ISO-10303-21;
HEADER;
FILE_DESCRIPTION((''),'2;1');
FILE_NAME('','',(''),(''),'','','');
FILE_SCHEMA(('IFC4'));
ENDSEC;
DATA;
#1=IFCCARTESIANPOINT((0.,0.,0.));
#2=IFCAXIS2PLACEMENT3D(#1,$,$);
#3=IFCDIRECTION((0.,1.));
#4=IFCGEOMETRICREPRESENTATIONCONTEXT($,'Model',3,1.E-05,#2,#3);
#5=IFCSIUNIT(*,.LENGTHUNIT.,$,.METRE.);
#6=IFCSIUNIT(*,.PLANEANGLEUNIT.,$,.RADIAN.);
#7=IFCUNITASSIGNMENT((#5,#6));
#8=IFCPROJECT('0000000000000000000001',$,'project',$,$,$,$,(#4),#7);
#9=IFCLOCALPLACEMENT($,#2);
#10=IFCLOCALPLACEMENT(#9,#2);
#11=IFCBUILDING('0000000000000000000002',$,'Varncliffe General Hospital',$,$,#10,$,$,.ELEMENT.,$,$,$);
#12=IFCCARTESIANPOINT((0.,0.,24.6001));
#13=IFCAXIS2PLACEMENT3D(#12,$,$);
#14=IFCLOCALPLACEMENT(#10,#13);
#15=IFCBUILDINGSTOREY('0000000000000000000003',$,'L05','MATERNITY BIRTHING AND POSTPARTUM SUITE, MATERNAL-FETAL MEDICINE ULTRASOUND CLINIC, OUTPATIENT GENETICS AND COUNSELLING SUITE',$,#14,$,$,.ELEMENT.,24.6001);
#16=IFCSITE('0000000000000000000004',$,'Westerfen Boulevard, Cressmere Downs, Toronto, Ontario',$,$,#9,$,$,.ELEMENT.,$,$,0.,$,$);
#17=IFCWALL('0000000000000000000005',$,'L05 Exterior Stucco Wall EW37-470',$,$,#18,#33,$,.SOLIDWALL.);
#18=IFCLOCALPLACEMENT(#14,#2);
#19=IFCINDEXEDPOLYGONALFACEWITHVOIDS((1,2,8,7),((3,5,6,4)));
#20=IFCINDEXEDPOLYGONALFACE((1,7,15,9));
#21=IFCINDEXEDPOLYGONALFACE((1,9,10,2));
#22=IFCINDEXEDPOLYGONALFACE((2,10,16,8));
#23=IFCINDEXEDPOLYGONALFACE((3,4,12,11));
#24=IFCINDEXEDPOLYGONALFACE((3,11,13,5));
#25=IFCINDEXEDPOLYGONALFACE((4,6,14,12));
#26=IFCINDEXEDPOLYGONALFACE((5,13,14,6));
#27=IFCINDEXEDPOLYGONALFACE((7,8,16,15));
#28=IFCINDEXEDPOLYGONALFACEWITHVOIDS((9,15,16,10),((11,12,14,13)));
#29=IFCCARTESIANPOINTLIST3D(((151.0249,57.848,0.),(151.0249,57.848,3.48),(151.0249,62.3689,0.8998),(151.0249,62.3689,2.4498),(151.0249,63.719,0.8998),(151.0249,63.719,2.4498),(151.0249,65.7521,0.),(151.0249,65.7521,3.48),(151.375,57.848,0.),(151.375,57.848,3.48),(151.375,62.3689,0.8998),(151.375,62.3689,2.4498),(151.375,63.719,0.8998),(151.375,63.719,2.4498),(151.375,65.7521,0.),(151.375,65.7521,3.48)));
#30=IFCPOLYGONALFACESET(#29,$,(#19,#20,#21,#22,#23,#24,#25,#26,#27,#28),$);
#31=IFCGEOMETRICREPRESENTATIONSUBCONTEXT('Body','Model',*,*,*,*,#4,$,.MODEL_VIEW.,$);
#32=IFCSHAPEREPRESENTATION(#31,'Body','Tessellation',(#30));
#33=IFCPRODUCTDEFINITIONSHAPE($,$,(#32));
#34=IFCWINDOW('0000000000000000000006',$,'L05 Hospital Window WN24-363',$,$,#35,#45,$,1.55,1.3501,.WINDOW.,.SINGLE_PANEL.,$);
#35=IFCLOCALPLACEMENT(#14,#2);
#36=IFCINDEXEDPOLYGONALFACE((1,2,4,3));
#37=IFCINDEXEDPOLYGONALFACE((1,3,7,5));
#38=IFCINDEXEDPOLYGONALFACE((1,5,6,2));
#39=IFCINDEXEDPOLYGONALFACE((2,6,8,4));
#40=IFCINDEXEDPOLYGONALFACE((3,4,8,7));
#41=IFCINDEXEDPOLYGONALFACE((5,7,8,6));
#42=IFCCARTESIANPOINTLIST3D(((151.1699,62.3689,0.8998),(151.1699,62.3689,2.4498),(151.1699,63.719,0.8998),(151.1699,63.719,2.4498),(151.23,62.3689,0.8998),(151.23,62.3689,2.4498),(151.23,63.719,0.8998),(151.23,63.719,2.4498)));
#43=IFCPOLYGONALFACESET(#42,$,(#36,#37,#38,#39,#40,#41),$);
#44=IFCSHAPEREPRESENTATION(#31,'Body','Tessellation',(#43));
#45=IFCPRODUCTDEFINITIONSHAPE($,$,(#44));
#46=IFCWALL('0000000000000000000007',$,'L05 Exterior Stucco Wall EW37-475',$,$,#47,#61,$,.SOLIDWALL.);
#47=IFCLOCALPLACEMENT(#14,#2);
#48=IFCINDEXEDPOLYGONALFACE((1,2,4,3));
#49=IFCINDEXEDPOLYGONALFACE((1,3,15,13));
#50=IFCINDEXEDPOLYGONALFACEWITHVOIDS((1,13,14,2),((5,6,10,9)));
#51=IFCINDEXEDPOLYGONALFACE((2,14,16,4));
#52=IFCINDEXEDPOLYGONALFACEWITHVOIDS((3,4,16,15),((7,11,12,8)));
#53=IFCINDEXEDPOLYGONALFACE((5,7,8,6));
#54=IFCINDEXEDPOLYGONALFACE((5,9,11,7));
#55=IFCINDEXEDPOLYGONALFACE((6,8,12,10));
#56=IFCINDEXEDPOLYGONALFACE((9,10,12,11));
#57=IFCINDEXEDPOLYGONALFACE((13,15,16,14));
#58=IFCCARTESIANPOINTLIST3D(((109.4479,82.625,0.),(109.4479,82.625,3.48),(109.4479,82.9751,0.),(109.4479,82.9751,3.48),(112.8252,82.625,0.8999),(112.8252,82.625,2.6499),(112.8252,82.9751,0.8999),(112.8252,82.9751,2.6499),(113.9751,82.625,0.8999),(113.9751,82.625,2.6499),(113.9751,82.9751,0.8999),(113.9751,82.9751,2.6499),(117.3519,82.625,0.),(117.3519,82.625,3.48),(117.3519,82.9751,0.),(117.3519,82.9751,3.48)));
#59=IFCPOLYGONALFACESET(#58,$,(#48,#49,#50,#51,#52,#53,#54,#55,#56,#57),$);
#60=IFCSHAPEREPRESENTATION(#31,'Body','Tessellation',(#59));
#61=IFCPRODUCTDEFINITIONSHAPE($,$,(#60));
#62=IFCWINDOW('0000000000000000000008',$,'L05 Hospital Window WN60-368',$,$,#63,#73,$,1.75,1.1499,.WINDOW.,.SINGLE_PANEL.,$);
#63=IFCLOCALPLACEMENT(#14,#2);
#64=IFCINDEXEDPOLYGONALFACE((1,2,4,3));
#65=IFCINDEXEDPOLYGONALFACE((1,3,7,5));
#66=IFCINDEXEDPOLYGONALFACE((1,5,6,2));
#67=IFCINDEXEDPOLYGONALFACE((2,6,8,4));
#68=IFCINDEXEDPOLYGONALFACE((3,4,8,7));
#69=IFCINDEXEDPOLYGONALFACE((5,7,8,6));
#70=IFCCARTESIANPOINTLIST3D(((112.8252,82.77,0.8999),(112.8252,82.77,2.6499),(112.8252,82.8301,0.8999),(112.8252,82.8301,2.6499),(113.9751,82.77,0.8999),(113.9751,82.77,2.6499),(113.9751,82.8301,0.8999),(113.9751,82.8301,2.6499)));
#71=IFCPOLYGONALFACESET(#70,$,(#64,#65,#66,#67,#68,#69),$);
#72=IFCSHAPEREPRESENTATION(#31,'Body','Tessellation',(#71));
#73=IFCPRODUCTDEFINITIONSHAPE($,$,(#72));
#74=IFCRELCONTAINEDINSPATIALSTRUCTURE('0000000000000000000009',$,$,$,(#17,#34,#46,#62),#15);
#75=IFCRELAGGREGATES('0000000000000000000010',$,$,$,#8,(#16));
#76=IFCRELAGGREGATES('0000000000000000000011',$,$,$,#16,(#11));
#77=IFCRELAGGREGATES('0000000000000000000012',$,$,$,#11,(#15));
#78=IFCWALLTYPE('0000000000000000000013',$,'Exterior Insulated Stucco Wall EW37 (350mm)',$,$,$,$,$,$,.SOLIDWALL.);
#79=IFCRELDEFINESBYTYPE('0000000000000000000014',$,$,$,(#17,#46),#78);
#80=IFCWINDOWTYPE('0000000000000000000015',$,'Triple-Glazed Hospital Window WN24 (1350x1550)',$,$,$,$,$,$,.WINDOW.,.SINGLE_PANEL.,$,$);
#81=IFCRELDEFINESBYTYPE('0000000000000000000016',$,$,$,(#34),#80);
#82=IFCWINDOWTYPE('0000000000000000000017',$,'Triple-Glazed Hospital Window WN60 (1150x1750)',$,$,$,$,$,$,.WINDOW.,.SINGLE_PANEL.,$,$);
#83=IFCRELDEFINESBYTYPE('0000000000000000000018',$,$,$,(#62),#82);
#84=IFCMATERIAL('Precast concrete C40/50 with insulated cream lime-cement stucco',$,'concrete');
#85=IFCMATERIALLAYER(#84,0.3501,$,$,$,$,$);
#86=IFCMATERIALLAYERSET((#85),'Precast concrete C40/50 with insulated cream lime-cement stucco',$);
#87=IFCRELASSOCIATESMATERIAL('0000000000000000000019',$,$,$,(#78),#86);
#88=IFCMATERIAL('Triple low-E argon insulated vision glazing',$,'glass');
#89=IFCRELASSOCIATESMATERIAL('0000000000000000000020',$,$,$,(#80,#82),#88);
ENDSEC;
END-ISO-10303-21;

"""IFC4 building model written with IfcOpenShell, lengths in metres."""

from ifc_helpers import new_model, si_unit, direction, frame, frame_2d, origin, place, context, subcontext, project, spatial, rectangle, extrude, material, layer, layer_set, type_object, element, fill, save


model = new_model("IFC4")

# Units and contexts
model_context = context("Model", 3, precision=1e-05, world=origin(), true_north=direction((0.0, 1.0)))
body_context = subcontext(model_context, "Body", "Model", "MODEL_VIEW")
ifc_project = project(units=[si_unit("LENGTHUNIT", "METRE"), si_unit("PLANEANGLEUNIT", "RADIAN")], contexts=[model_context])

# Site, building, storey
site_placement = place(None, origin())
site = spatial("IfcSite", under=ifc_project, at=site_placement, Name="Westerfen Boulevard, Cressmere Downs, Toronto, Ontario", CompositionType="ELEMENT", RefElevation=0.0)
building_placement = place(site_placement, origin())
building = spatial("IfcBuilding", under=site, at=building_placement, Name="Varncliffe General Hospital", CompositionType="ELEMENT")
storey_placement = place(building_placement, frame((0.0, 0.0, 24.6001)))
storey = spatial("IfcBuildingStorey", under=building, at=storey_placement, Name="L05", Description="MATERNITY BIRTHING AND POSTPARTUM SUITE, MATERNAL-FETAL MEDICINE ULTRASOUND CLINIC, OUTPATIENT GENETICS AND COUNSELLING SUITE", CompositionType="ELEMENT", Elevation=24.6001)

# Walls, openings, windows
ifc_material_1 = material(Name="Precast concrete C40/50 with insulated cream lime-cement stucco", Category="concrete")
ifc_material_2 = material(Name="Triple low-E argon insulated vision glazing", Category="glass")
ifc_layer_1 = layer(ifc_material_1, 0.3501)
ifc_layer_set_1 = layer_set([ifc_layer_1], Name="Precast concrete C40/50 with insulated cream lime-cement stucco")
wall_type_1 = type_object("IfcWallType", Name="Exterior Insulated Stucco Wall EW37 (350mm)", PredefinedType="SOLIDWALL", material=ifc_layer_set_1)
wall_1_placement = place(storey_placement, frame((151.2, 57.8479, 0.0), z_axis=(0.0, 0.0, 1.0), x_axis=(0.0, 1.0, 0.0)))
wall_1 = element("IfcWall", 1, at=wall_1_placement, inside=storey, type_object=wall_type_1, Name="L05 Exterior Stucco Wall EW37-470", PredefinedType="SOLIDWALL", context=body_context, shape_type="SweptSolid", body=[
    extrude(rectangle(XDim=7.9041, YDim=0.3501, at=frame_2d((3.9521, 0.0))), origin(), (0.0, 0.0, 1.0), 3.48),
])
opening_1_placement = place(wall_1_placement, frame((4.521, 0.0, 0.8999)))
opening_1 = element("IfcOpeningElement", 2, at=opening_1_placement, cuts=wall_1, PredefinedType="OPENING", context=body_context, shape_type="SweptSolid", body=[
    extrude(rectangle(XDim=1.3501, YDim=1.55, at=frame_2d((0.675, 0.7749))), frame((0.0, 0.1851, 0.0), z_axis=(0.0, -1.0, 0.0), x_axis=(1.0, 0.0, 0.0)), (0.0, 0.0, 1.0), 0.3701),
])
window_type_1 = type_object("IfcWindowType", Name="Triple-Glazed Hospital Window WN24 (1350x1550)", PartitioningType="SINGLE_PANEL", PredefinedType="WINDOW", material=ifc_material_2)
window_1_placement = place(opening_1_placement, origin())
window_1 = element("IfcWindow", 3, at=window_1_placement, inside=storey, type_object=window_type_1, Name="L05 Hospital Window WN24-363", OverallHeight=1.55, OverallWidth=1.3501, PartitioningType="SINGLE_PANEL", PredefinedType="WINDOW", context=body_context, shape_type="SweptSolid", body=[
    extrude(rectangle(XDim=1.3501, YDim=1.55, at=frame_2d((0.675, 0.7749))), frame((0.0, 0.03, 0.0), z_axis=(0.0, -1.0, 0.0), x_axis=(1.0, 0.0, 0.0)), (0.0, 0.0, 1.0), 0.0601),
])
fill(opening_1, window_1)
wall_2_placement = place(storey_placement, frame((117.3521, 82.8, 0.0), z_axis=(0.0, 0.0, 1.0), x_axis=(-1.0, 0.0, 0.0)))
wall_2 = element("IfcWall", 4, at=wall_2_placement, inside=storey, type_object=wall_type_1, Name="L05 Exterior Stucco Wall EW37-475", PredefinedType="SOLIDWALL", context=body_context, shape_type="SweptSolid", body=[
    extrude(rectangle(XDim=7.9041, YDim=0.3501, at=frame_2d((3.9521, 0.0))), origin(), (0.0, 0.0, 1.0), 3.48),
])
opening_2_placement = place(wall_2_placement, frame((3.377, 0.0, 0.8999)))
opening_2 = element("IfcOpeningElement", 5, at=opening_2_placement, cuts=wall_2, PredefinedType="OPENING", context=body_context, shape_type="SweptSolid", body=[
    extrude(rectangle(XDim=1.1499, YDim=1.75, at=frame_2d((0.575, 0.875))), frame((0.0, 0.1851, 0.0), z_axis=(0.0, -1.0, 0.0), x_axis=(1.0, 0.0, 0.0)), (0.0, 0.0, 1.0), 0.3701),
])
window_type_2 = type_object("IfcWindowType", Name="Triple-Glazed Hospital Window WN60 (1150x1750)", PartitioningType="SINGLE_PANEL", PredefinedType="WINDOW", material=ifc_material_2)
window_2_placement = place(opening_2_placement, origin())
window_2 = element("IfcWindow", 6, at=window_2_placement, inside=storey, type_object=window_type_2, Name="L05 Hospital Window WN60-368", OverallHeight=1.75, OverallWidth=1.1499, PartitioningType="SINGLE_PANEL", PredefinedType="WINDOW", context=body_context, shape_type="SweptSolid", body=[
    extrude(rectangle(XDim=1.1499, YDim=1.75, at=frame_2d((0.575, 0.875))), frame((0.0, 0.03, 0.0), z_axis=(0.0, -1.0, 0.0), x_axis=(1.0, 0.0, 0.0)), (0.0, 0.0, 1.0), 0.0601),
])
fill(opening_2, window_2)

save(model, "model.ifc")
